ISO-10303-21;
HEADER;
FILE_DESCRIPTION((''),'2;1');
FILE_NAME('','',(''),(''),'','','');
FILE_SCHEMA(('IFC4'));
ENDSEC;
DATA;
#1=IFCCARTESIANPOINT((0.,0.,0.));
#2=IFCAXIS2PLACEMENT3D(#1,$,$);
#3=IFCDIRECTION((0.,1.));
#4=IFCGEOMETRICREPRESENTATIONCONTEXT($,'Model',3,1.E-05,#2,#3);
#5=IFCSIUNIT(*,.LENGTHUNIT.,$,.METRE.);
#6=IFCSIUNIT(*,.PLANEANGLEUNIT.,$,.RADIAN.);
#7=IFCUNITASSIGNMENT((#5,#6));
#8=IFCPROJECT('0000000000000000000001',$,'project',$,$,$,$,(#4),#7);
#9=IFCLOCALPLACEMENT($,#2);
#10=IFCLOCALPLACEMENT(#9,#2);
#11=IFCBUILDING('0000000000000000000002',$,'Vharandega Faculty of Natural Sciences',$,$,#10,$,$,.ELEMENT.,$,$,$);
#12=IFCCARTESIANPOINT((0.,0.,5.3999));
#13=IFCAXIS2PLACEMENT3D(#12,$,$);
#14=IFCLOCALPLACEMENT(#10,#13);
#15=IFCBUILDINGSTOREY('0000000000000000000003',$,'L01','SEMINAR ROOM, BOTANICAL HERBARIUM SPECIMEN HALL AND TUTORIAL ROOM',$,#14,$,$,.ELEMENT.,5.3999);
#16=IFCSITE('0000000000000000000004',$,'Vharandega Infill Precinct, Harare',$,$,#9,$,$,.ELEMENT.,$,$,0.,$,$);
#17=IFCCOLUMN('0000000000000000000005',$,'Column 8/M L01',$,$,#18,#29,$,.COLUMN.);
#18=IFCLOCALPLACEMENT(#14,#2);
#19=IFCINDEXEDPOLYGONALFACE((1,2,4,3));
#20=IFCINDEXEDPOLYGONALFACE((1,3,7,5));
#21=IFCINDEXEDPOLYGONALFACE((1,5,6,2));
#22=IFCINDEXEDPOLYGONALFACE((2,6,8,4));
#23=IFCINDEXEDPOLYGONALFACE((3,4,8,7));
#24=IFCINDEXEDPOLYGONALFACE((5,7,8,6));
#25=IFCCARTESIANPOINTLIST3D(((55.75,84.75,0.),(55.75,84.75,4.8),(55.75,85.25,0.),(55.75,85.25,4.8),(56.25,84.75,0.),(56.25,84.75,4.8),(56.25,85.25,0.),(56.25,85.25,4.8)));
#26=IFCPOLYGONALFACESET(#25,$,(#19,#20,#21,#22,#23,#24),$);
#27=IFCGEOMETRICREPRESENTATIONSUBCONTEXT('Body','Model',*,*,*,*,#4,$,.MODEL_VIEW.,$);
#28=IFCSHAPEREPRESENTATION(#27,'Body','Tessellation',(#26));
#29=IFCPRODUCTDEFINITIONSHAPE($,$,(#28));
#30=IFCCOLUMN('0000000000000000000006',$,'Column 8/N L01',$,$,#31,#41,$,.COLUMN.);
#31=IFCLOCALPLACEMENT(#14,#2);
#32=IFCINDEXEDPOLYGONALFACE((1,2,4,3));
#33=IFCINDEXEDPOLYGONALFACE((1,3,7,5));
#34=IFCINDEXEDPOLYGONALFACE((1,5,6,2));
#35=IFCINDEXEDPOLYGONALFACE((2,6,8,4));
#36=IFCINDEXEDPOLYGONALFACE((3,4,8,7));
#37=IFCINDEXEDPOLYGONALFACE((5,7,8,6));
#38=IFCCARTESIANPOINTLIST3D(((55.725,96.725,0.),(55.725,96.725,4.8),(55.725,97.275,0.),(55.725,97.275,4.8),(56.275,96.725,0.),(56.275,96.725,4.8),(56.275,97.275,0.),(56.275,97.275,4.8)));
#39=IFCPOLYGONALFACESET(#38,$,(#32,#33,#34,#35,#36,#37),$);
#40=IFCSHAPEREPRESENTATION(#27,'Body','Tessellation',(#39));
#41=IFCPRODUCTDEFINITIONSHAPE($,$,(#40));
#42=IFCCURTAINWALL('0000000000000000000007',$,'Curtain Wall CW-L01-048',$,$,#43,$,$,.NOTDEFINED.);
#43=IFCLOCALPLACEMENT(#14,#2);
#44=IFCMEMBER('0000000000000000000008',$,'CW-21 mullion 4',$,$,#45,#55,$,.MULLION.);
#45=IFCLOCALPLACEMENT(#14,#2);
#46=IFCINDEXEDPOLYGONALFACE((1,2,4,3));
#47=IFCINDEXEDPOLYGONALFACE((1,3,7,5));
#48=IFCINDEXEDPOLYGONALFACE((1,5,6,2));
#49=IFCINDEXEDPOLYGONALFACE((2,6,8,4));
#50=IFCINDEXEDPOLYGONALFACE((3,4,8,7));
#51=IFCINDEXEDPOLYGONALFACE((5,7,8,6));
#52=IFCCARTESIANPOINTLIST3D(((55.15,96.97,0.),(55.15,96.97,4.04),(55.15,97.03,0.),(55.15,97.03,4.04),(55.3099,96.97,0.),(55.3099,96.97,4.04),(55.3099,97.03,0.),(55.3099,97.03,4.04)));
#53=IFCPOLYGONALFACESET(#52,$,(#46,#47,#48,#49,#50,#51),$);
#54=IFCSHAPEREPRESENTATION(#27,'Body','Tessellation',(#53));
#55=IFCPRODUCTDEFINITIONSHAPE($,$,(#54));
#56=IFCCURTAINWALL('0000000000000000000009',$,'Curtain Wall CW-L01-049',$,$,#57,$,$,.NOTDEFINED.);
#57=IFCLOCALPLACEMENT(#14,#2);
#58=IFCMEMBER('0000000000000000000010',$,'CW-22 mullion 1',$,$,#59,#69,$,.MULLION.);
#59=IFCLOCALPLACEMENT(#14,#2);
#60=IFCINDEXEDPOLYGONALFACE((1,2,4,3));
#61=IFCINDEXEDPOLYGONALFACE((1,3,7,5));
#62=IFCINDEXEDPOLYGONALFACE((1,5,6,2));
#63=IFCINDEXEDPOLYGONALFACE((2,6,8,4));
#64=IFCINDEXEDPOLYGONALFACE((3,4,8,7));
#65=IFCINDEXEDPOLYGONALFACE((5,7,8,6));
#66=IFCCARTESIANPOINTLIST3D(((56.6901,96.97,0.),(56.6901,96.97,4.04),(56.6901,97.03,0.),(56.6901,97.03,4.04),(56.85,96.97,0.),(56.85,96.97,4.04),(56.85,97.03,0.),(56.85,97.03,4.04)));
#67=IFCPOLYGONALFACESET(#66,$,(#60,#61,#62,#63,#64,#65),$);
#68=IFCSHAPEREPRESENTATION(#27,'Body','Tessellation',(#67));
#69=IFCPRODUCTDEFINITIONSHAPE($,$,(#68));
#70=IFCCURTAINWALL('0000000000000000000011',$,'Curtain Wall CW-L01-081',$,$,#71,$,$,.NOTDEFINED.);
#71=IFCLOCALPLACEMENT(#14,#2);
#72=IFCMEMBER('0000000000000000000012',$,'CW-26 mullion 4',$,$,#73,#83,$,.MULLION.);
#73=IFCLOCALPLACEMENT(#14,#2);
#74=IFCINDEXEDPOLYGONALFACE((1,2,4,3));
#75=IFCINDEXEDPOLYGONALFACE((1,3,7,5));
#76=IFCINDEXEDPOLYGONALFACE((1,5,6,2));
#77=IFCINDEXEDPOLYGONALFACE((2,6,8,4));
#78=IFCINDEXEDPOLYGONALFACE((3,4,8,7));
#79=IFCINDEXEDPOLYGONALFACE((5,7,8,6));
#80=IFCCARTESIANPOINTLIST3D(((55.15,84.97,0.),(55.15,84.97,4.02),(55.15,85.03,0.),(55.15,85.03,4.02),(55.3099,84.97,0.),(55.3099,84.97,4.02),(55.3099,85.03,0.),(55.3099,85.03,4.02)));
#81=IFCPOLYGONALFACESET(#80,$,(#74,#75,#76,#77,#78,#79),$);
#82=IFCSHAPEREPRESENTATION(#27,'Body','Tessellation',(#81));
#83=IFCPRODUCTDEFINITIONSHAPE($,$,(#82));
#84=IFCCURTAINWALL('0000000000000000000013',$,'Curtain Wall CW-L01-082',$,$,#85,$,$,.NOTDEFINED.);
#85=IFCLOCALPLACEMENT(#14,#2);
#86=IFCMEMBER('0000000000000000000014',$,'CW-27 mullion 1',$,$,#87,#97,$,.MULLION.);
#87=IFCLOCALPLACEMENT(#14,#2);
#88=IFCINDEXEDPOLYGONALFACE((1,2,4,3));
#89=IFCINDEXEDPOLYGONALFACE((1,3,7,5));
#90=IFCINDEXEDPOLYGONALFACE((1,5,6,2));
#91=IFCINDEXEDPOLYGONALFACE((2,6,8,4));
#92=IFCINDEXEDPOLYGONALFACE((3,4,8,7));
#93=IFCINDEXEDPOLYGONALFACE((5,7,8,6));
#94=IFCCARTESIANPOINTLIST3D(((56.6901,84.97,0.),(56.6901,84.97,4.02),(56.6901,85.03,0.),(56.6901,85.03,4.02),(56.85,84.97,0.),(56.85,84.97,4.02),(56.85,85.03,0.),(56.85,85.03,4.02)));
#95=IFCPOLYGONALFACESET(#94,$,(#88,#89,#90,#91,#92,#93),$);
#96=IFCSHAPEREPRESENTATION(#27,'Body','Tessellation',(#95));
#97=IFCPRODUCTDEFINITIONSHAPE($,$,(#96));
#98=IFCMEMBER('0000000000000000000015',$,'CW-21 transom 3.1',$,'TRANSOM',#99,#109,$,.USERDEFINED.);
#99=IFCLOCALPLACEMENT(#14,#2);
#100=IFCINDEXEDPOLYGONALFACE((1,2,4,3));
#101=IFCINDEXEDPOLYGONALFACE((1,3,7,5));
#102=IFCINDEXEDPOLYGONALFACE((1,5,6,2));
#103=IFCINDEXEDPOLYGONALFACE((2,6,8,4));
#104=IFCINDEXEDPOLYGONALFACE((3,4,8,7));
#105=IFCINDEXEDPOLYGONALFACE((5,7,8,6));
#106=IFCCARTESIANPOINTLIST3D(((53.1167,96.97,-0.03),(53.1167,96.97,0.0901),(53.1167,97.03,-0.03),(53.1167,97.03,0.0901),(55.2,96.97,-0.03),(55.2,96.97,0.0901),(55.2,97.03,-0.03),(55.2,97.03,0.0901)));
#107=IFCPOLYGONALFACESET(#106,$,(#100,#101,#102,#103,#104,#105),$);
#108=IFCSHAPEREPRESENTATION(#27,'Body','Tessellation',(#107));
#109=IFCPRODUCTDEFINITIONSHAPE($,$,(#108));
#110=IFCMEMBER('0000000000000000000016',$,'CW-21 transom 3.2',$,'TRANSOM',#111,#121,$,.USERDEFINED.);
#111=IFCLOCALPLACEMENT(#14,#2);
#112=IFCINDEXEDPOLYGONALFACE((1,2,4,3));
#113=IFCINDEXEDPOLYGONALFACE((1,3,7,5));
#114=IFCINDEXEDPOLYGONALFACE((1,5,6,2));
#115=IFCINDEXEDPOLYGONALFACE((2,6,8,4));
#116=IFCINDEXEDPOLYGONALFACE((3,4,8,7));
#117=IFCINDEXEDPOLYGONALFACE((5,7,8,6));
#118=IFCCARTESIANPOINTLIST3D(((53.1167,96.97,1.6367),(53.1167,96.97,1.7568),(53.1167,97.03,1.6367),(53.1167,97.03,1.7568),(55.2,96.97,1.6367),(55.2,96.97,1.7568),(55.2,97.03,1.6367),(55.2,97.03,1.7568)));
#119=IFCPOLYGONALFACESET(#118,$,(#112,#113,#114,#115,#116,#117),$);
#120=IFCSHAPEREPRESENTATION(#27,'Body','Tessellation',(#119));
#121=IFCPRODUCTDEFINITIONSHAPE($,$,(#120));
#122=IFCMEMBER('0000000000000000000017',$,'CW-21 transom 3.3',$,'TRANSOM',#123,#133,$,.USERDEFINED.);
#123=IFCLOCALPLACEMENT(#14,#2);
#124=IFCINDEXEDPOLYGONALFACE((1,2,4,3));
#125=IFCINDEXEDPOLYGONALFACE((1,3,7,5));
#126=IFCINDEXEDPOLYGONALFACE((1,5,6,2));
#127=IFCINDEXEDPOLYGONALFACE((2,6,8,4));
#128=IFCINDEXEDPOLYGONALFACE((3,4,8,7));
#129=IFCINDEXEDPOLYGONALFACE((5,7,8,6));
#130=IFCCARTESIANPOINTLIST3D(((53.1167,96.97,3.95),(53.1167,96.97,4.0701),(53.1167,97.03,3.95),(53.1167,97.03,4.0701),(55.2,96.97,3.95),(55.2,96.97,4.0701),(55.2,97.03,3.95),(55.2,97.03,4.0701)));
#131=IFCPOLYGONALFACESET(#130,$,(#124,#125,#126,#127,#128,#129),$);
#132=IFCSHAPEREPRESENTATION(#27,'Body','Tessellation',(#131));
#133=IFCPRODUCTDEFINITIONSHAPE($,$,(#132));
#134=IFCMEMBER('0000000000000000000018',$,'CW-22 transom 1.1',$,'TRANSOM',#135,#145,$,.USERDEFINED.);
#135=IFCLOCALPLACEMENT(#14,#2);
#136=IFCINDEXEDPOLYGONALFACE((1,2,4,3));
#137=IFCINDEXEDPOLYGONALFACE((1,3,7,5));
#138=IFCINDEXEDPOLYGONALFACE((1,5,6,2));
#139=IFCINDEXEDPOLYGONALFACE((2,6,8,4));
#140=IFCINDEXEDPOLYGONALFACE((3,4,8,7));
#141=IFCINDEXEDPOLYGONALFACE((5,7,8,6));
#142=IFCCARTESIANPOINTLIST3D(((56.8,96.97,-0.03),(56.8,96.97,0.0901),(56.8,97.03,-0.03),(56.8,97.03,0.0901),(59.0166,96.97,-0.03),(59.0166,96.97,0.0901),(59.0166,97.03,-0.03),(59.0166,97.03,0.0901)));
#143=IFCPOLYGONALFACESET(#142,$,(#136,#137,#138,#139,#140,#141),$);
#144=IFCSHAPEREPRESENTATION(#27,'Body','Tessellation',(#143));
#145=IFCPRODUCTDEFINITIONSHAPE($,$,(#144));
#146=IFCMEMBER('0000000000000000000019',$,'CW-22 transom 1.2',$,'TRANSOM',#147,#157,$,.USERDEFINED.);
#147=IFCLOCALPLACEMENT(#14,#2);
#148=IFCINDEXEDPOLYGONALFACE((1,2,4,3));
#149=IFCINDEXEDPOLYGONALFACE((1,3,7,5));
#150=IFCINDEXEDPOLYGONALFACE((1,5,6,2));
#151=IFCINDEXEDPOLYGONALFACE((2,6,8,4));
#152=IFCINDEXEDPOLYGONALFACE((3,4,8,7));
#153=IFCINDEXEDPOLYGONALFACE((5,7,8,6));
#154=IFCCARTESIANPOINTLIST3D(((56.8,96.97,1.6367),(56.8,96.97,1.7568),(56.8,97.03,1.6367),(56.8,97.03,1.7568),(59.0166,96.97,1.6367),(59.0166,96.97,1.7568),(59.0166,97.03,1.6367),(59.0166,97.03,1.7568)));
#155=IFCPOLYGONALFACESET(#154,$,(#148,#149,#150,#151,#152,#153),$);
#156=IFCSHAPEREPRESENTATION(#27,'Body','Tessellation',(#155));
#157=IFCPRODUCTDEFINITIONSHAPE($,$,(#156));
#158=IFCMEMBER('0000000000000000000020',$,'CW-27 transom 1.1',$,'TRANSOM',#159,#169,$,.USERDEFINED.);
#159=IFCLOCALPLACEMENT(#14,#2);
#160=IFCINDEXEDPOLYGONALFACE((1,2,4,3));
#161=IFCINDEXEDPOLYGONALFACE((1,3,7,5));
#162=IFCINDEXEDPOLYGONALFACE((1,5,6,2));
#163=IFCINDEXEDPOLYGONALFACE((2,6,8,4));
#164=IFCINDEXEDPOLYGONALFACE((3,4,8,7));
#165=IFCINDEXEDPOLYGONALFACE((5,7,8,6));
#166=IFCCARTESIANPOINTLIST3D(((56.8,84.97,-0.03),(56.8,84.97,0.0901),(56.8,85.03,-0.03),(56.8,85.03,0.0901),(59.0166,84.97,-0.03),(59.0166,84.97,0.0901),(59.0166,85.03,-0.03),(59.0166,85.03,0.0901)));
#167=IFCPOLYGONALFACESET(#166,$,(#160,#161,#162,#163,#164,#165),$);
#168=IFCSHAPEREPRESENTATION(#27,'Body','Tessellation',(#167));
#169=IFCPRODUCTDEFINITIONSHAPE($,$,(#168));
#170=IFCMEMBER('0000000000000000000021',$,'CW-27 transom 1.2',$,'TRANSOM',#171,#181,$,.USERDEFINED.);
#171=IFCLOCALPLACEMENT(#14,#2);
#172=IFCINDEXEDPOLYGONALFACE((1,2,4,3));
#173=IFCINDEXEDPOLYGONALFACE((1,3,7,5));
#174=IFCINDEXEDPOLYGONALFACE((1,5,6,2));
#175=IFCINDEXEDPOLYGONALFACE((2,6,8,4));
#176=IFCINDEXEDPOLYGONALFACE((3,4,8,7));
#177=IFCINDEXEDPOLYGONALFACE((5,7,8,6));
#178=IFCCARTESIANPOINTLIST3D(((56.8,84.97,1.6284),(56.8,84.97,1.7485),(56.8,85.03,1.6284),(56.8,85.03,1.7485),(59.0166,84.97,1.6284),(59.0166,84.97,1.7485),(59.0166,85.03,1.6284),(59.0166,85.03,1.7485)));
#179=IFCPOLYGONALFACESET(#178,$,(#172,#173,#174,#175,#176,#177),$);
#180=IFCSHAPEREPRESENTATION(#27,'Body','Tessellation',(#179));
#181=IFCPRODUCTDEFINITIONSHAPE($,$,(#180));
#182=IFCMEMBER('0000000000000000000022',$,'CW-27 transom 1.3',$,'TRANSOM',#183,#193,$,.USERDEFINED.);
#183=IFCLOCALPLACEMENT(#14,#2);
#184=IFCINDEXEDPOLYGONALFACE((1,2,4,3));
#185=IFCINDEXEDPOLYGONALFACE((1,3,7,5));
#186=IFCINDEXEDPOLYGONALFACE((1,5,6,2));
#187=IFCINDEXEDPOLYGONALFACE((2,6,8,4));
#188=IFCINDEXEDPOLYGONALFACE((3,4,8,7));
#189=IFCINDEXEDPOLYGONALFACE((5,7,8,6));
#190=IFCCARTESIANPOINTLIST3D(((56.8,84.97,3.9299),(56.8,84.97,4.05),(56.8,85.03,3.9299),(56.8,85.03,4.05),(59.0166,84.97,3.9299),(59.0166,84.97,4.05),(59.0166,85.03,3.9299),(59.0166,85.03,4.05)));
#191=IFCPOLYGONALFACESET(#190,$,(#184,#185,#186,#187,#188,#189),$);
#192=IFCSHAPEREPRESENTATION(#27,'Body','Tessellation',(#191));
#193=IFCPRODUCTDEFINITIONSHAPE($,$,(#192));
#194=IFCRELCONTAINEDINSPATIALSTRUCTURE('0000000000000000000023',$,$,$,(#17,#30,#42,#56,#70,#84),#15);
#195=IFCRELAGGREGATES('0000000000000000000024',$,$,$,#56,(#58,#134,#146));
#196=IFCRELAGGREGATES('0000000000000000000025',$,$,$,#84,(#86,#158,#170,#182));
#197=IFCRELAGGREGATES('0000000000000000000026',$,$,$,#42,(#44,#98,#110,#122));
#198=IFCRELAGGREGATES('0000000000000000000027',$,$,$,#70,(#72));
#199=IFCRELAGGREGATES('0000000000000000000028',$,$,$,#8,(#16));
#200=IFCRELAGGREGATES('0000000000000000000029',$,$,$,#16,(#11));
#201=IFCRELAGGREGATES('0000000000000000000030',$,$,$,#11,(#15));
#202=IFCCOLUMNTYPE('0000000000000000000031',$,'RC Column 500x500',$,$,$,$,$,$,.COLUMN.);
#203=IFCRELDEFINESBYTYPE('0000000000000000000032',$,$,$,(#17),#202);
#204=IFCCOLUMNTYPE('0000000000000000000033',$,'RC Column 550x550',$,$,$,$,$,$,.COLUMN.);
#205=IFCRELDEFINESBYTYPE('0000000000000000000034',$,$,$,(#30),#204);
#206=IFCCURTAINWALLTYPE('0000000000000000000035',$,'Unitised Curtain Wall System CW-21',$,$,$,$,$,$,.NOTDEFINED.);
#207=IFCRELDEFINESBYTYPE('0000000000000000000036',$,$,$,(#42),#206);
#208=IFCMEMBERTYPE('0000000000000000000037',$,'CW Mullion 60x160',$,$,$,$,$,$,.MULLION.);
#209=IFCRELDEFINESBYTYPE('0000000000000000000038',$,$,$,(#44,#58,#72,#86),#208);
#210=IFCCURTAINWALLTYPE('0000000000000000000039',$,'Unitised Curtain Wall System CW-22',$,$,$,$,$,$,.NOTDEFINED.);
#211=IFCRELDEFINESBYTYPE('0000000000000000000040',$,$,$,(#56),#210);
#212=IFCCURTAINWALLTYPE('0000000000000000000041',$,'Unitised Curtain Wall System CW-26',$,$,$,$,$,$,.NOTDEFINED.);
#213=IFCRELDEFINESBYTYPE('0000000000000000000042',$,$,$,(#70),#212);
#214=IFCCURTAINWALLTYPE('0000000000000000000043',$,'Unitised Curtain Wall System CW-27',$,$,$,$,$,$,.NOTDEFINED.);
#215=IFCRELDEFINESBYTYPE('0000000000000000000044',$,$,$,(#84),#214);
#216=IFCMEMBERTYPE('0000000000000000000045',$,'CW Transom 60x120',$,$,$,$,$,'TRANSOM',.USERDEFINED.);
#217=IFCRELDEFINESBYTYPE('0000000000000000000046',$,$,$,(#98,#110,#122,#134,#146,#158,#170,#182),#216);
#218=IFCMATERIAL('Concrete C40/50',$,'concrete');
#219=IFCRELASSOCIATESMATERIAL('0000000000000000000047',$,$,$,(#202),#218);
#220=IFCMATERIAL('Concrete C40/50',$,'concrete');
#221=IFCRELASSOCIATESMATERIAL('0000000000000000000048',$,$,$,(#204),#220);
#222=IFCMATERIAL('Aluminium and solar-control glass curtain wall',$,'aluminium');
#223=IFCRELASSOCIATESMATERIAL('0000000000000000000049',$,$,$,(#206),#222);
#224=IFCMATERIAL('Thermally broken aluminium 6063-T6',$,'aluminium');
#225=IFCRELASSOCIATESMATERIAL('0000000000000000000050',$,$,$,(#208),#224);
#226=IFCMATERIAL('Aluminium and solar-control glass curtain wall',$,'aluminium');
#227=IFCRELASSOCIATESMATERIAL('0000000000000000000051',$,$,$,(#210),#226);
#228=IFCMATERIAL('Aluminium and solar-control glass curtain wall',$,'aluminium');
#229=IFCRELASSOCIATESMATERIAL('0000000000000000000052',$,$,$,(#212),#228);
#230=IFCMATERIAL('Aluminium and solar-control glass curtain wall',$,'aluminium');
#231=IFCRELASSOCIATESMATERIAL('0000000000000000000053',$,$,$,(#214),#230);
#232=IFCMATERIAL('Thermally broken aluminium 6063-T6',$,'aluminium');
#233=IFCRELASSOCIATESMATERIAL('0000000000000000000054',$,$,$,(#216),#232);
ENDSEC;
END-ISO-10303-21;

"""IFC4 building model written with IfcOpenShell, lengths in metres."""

from ifc_helpers import new_model, si_unit, direction, frame, origin, origin_2d, place, context, subcontext, project, spatial, rectangle, extrude, material, material_profile, profile_set, type_object, element, aggregate, save


model = new_model("IFC4")

# Units and contexts
model_context = context("Model", 3, precision=1e-05, world=origin(), true_north=direction((0.0, 1.0)))
body_context = subcontext(model_context, "Body", "Model", "MODEL_VIEW")
ifc_project = project(units=[si_unit("LENGTHUNIT", "METRE"), si_unit("PLANEANGLEUNIT", "RADIAN")], contexts=[model_context])

# Site, building, storey
site_placement = place(None, origin())
site = spatial("IfcSite", under=ifc_project, at=site_placement, Name="Vharandega Infill Precinct, Harare", CompositionType="ELEMENT", RefElevation=0.0)
building_placement = place(site_placement, origin())
building = spatial("IfcBuilding", under=site, at=building_placement, Name="Vharandega Faculty of Natural Sciences", CompositionType="ELEMENT")
storey_placement = place(building_placement, frame((0.0, 0.0, 5.3999)))
storey = spatial("IfcBuildingStorey", under=building, at=storey_placement, Name="L01", Description="SEMINAR ROOM, BOTANICAL HERBARIUM SPECIMEN HALL AND TUTORIAL ROOM", CompositionType="ELEMENT", Elevation=5.3999)

# Columns
ifc_material_1 = material(Name="Concrete C40/50", Category="concrete")
ifc_material_profile_1 = material_profile(ifc_material_1, rectangle(XDim=0.5, YDim=0.5, at=origin_2d()), Name="RC 500x500")
ifc_profile_set_1 = profile_set([ifc_material_profile_1], Name="Concrete C40/50")
column_type_1 = type_object("IfcColumnType", Name="RC Column 500x500", PredefinedType="COLUMN", material=ifc_profile_set_1)
column_1_placement = place(storey_placement, frame((56.0, 85.0, 0.0), z_axis=(0.0, 0.0, 1.0), x_axis=(1.0, 0.0, 0.0)))
element("IfcColumn", 1, at=column_1_placement, inside=storey, type_object=column_type_1, Name="Column 8/M L01", PredefinedType="COLUMN", context=body_context, shape_type="SweptSolid", body=[
    extrude(rectangle(XDim=0.5, YDim=0.5, at=origin_2d()), origin(), (0.0, 0.0, 1.0), 4.8),
])
ifc_material_2 = material(Name="Concrete C40/50", Category="concrete")
ifc_material_profile_2 = material_profile(ifc_material_2, rectangle(XDim=0.55, YDim=0.55, at=origin_2d()), Name="RC 550x550")
ifc_profile_set_2 = profile_set([ifc_material_profile_2], Name="Concrete C40/50")
column_type_2 = type_object("IfcColumnType", Name="RC Column 550x550", PredefinedType="COLUMN", material=ifc_profile_set_2)
column_2_placement = place(storey_placement, frame((56.0, 97.0, 0.0), z_axis=(0.0, 0.0, 1.0), x_axis=(1.0, 0.0, 0.0)))
element("IfcColumn", 2, at=column_2_placement, inside=storey, type_object=column_type_2, Name="Column 8/N L01", PredefinedType="COLUMN", context=body_context, shape_type="SweptSolid", body=[
    extrude(rectangle(XDim=0.55, YDim=0.55, at=origin_2d()), origin(), (0.0, 0.0, 1.0), 4.8),
])

# Curtain walls, members
ifc_material_3 = material(Name="Aluminium and solar-control glass curtain wall", Category="aluminium")
curtain_wall_type_1 = type_object("IfcCurtainWallType", Name="Unitised Curtain Wall System CW-21", PredefinedType="NOTDEFINED", material=ifc_material_3)
curtain_wall_1_placement = place(storey_placement, origin())
curtain_wall_1 = element("IfcCurtainWall", 3, at=curtain_wall_1_placement, inside=storey, type_object=curtain_wall_type_1, Name="Curtain Wall CW-L01-048", PredefinedType="NOTDEFINED")
ifc_material_4 = material(Name="Thermally broken aluminium 6063-T6", Category="aluminium")
ifc_material_profile_3 = material_profile(ifc_material_4, rectangle(XDim=0.0601, YDim=0.1599, at=origin_2d()), Name="ALU 60x160")
ifc_profile_set_3 = profile_set([ifc_material_profile_3], Name="Thermally broken aluminium 6063-T6")
member_type_1 = type_object("IfcMemberType", Name="CW Mullion 60x160", PredefinedType="MULLION", material=ifc_profile_set_3)
member_1_placement = place(storey_placement, frame((55.23, 97.0, 0.0), z_axis=(0.0, 0.0, 1.0), x_axis=(0.0, 1.0, 0.0)))
member_1 = element("IfcMember", 4, at=member_1_placement, type_object=member_type_1, Name="CW-21 mullion 4", PredefinedType="MULLION", context=body_context, shape_type="SweptSolid", body=[
    extrude(rectangle(XDim=0.0601, YDim=0.1599, at=origin_2d()), origin(), (0.0, 0.0, 1.0), 4.04),
])
ifc_material_5 = material(Name="Aluminium and solar-control glass curtain wall", Category="aluminium")
curtain_wall_type_2 = type_object("IfcCurtainWallType", Name="Unitised Curtain Wall System CW-22", PredefinedType="NOTDEFINED", material=ifc_material_5)
curtain_wall_2_placement = place(storey_placement, origin())
curtain_wall_2 = element("IfcCurtainWall", 5, at=curtain_wall_2_placement, inside=storey, type_object=curtain_wall_type_2, Name="Curtain Wall CW-L01-049", PredefinedType="NOTDEFINED")
member_2_placement = place(storey_placement, frame((56.77, 97.0, 0.0), z_axis=(0.0, 0.0, 1.0), x_axis=(0.0, 1.0, 0.0)))
member_2 = element("IfcMember", 6, at=member_2_placement, type_object=member_type_1, Name="CW-22 mullion 1", PredefinedType="MULLION", context=body_context, shape_type="SweptSolid", body=[
    extrude(rectangle(XDim=0.0601, YDim=0.1599, at=origin_2d()), origin(), (0.0, 0.0, 1.0), 4.04),
])
ifc_material_6 = material(Name="Aluminium and solar-control glass curtain wall", Category="aluminium")
curtain_wall_type_3 = type_object("IfcCurtainWallType", Name="Unitised Curtain Wall System CW-26", PredefinedType="NOTDEFINED", material=ifc_material_6)
curtain_wall_3_placement = place(storey_placement, origin())
curtain_wall_3 = element("IfcCurtainWall", 7, at=curtain_wall_3_placement, inside=storey, type_object=curtain_wall_type_3, Name="Curtain Wall CW-L01-081", PredefinedType="NOTDEFINED")
member_3_placement = place(storey_placement, frame((55.23, 85.0, 0.0), z_axis=(0.0, 0.0, 1.0), x_axis=(0.0, 1.0, 0.0)))
member_3 = element("IfcMember", 8, at=member_3_placement, type_object=member_type_1, Name="CW-26 mullion 4", PredefinedType="MULLION", context=body_context, shape_type="SweptSolid", body=[
    extrude(rectangle(XDim=0.0601, YDim=0.1599, at=origin_2d()), origin(), (0.0, 0.0, 1.0), 4.02),
])
ifc_material_7 = material(Name="Aluminium and solar-control glass curtain wall", Category="aluminium")
curtain_wall_type_4 = type_object("IfcCurtainWallType", Name="Unitised Curtain Wall System CW-27", PredefinedType="NOTDEFINED", material=ifc_material_7)
curtain_wall_4_placement = place(storey_placement, origin())
curtain_wall_4 = element("IfcCurtainWall", 9, at=curtain_wall_4_placement, inside=storey, type_object=curtain_wall_type_4, Name="Curtain Wall CW-L01-082", PredefinedType="NOTDEFINED")
member_4_placement = place(storey_placement, frame((56.77, 85.0, 0.0), z_axis=(0.0, 0.0, 1.0), x_axis=(0.0, 1.0, 0.0)))
member_4 = element("IfcMember", 10, at=member_4_placement, type_object=member_type_1, Name="CW-27 mullion 1", PredefinedType="MULLION", context=body_context, shape_type="SweptSolid", body=[
    extrude(rectangle(XDim=0.0601, YDim=0.1599, at=origin_2d()), origin(), (0.0, 0.0, 1.0), 4.02),
])

# Members
ifc_material_8 = material(Name="Thermally broken aluminium 6063-T6", Category="aluminium")
ifc_material_profile_4 = material_profile(ifc_material_8, rectangle(XDim=0.0601, YDim=0.1201, at=origin_2d()), Name="ALU 60x120")
ifc_profile_set_4 = profile_set([ifc_material_profile_4], Name="Thermally broken aluminium 6063-T6")
member_type_2 = type_object("IfcMemberType", Name="CW Transom 60x120", ElementType="TRANSOM", PredefinedType="USERDEFINED", material=ifc_profile_set_4)
member_5_placement = place(storey_placement, frame((53.1167, 97.0, 0.03), z_axis=(1.0, 0.0, 0.0), x_axis=(0.0, 1.0, 0.0)))
member_5 = element("IfcMember", 11, at=member_5_placement, type_object=member_type_2, Name="CW-21 transom 3.1", ObjectType="TRANSOM", PredefinedType="USERDEFINED", context=body_context, shape_type="SweptSolid", body=[
    extrude(rectangle(XDim=0.0601, YDim=0.1201, at=origin_2d()), origin(), (0.0, 0.0, 1.0), 2.0833),
])
member_6_placement = place(storey_placement, frame((53.1167, 97.0, 1.6968), z_axis=(1.0, 0.0, 0.0), x_axis=(0.0, 1.0, 0.0)))
member_6 = element("IfcMember", 12, at=member_6_placement, type_object=member_type_2, Name="CW-21 transom 3.2", ObjectType="TRANSOM", PredefinedType="USERDEFINED", context=body_context, shape_type="SweptSolid", body=[
    extrude(rectangle(XDim=0.0601, YDim=0.1201, at=origin_2d()), origin(), (0.0, 0.0, 1.0), 2.0833),
])
member_7_placement = place(storey_placement, frame((53.1167, 97.0, 4.01), z_axis=(1.0, 0.0, 0.0), x_axis=(0.0, 1.0, 0.0)))
member_7 = element("IfcMember", 13, at=member_7_placement, type_object=member_type_2, Name="CW-21 transom 3.3", ObjectType="TRANSOM", PredefinedType="USERDEFINED", context=body_context, shape_type="SweptSolid", body=[
    extrude(rectangle(XDim=0.0601, YDim=0.1201, at=origin_2d()), origin(), (0.0, 0.0, 1.0), 2.0833),
])
member_8_placement = place(storey_placement, frame((56.8, 97.0, 0.03), z_axis=(1.0, 0.0, 0.0), x_axis=(0.0, 1.0, 0.0)))
member_8 = element("IfcMember", 14, at=member_8_placement, type_object=member_type_2, Name="CW-22 transom 1.1", ObjectType="TRANSOM", PredefinedType="USERDEFINED", context=body_context, shape_type="SweptSolid", body=[
    extrude(rectangle(XDim=0.0601, YDim=0.1201, at=origin_2d()), origin(), (0.0, 0.0, 1.0), 2.2166),
])
member_9_placement = place(storey_placement, frame((56.8, 97.0, 1.6968), z_axis=(1.0, 0.0, 0.0), x_axis=(0.0, 1.0, 0.0)))
member_9 = element("IfcMember", 15, at=member_9_placement, type_object=member_type_2, Name="CW-22 transom 1.2", ObjectType="TRANSOM", PredefinedType="USERDEFINED", context=body_context, shape_type="SweptSolid", body=[
    extrude(rectangle(XDim=0.0601, YDim=0.1201, at=origin_2d()), origin(), (0.0, 0.0, 1.0), 2.2166),
])
aggregate(curtain_wall_2, [member_2, member_8, member_9])
member_10_placement = place(storey_placement, frame((56.8, 85.0, 0.03), z_axis=(1.0, 0.0, 0.0), x_axis=(0.0, 1.0, 0.0)))
member_10 = element("IfcMember", 16, at=member_10_placement, type_object=member_type_2, Name="CW-27 transom 1.1", ObjectType="TRANSOM", PredefinedType="USERDEFINED", context=body_context, shape_type="SweptSolid", body=[
    extrude(rectangle(XDim=0.0601, YDim=0.1201, at=origin_2d()), origin(), (0.0, 0.0, 1.0), 2.2166),
])
member_11_placement = place(storey_placement, frame((56.8, 85.0, 1.6885), z_axis=(1.0, 0.0, 0.0), x_axis=(0.0, 1.0, 0.0)))
member_11 = element("IfcMember", 17, at=member_11_placement, type_object=member_type_2, Name="CW-27 transom 1.2", ObjectType="TRANSOM", PredefinedType="USERDEFINED", context=body_context, shape_type="SweptSolid", body=[
    extrude(rectangle(XDim=0.0601, YDim=0.1201, at=origin_2d()), origin(), (0.0, 0.0, 1.0), 2.2166),
])
member_12_placement = place(storey_placement, frame((56.8, 85.0, 3.99), z_axis=(1.0, 0.0, 0.0), x_axis=(0.0, 1.0, 0.0)))
member_12 = element("IfcMember", 18, at=member_12_placement, type_object=member_type_2, Name="CW-27 transom 1.3", ObjectType="TRANSOM", PredefinedType="USERDEFINED", context=body_context, shape_type="SweptSolid", body=[
    extrude(rectangle(XDim=0.0601, YDim=0.1201, at=origin_2d()), origin(), (0.0, 0.0, 1.0), 2.2166),
])
aggregate(curtain_wall_4, [member_4, member_10, member_11, member_12])

aggregate(curtain_wall_1, [member_1, member_5, member_6, member_7])
aggregate(curtain_wall_3, [member_3])

save(model, "model.ifc")
